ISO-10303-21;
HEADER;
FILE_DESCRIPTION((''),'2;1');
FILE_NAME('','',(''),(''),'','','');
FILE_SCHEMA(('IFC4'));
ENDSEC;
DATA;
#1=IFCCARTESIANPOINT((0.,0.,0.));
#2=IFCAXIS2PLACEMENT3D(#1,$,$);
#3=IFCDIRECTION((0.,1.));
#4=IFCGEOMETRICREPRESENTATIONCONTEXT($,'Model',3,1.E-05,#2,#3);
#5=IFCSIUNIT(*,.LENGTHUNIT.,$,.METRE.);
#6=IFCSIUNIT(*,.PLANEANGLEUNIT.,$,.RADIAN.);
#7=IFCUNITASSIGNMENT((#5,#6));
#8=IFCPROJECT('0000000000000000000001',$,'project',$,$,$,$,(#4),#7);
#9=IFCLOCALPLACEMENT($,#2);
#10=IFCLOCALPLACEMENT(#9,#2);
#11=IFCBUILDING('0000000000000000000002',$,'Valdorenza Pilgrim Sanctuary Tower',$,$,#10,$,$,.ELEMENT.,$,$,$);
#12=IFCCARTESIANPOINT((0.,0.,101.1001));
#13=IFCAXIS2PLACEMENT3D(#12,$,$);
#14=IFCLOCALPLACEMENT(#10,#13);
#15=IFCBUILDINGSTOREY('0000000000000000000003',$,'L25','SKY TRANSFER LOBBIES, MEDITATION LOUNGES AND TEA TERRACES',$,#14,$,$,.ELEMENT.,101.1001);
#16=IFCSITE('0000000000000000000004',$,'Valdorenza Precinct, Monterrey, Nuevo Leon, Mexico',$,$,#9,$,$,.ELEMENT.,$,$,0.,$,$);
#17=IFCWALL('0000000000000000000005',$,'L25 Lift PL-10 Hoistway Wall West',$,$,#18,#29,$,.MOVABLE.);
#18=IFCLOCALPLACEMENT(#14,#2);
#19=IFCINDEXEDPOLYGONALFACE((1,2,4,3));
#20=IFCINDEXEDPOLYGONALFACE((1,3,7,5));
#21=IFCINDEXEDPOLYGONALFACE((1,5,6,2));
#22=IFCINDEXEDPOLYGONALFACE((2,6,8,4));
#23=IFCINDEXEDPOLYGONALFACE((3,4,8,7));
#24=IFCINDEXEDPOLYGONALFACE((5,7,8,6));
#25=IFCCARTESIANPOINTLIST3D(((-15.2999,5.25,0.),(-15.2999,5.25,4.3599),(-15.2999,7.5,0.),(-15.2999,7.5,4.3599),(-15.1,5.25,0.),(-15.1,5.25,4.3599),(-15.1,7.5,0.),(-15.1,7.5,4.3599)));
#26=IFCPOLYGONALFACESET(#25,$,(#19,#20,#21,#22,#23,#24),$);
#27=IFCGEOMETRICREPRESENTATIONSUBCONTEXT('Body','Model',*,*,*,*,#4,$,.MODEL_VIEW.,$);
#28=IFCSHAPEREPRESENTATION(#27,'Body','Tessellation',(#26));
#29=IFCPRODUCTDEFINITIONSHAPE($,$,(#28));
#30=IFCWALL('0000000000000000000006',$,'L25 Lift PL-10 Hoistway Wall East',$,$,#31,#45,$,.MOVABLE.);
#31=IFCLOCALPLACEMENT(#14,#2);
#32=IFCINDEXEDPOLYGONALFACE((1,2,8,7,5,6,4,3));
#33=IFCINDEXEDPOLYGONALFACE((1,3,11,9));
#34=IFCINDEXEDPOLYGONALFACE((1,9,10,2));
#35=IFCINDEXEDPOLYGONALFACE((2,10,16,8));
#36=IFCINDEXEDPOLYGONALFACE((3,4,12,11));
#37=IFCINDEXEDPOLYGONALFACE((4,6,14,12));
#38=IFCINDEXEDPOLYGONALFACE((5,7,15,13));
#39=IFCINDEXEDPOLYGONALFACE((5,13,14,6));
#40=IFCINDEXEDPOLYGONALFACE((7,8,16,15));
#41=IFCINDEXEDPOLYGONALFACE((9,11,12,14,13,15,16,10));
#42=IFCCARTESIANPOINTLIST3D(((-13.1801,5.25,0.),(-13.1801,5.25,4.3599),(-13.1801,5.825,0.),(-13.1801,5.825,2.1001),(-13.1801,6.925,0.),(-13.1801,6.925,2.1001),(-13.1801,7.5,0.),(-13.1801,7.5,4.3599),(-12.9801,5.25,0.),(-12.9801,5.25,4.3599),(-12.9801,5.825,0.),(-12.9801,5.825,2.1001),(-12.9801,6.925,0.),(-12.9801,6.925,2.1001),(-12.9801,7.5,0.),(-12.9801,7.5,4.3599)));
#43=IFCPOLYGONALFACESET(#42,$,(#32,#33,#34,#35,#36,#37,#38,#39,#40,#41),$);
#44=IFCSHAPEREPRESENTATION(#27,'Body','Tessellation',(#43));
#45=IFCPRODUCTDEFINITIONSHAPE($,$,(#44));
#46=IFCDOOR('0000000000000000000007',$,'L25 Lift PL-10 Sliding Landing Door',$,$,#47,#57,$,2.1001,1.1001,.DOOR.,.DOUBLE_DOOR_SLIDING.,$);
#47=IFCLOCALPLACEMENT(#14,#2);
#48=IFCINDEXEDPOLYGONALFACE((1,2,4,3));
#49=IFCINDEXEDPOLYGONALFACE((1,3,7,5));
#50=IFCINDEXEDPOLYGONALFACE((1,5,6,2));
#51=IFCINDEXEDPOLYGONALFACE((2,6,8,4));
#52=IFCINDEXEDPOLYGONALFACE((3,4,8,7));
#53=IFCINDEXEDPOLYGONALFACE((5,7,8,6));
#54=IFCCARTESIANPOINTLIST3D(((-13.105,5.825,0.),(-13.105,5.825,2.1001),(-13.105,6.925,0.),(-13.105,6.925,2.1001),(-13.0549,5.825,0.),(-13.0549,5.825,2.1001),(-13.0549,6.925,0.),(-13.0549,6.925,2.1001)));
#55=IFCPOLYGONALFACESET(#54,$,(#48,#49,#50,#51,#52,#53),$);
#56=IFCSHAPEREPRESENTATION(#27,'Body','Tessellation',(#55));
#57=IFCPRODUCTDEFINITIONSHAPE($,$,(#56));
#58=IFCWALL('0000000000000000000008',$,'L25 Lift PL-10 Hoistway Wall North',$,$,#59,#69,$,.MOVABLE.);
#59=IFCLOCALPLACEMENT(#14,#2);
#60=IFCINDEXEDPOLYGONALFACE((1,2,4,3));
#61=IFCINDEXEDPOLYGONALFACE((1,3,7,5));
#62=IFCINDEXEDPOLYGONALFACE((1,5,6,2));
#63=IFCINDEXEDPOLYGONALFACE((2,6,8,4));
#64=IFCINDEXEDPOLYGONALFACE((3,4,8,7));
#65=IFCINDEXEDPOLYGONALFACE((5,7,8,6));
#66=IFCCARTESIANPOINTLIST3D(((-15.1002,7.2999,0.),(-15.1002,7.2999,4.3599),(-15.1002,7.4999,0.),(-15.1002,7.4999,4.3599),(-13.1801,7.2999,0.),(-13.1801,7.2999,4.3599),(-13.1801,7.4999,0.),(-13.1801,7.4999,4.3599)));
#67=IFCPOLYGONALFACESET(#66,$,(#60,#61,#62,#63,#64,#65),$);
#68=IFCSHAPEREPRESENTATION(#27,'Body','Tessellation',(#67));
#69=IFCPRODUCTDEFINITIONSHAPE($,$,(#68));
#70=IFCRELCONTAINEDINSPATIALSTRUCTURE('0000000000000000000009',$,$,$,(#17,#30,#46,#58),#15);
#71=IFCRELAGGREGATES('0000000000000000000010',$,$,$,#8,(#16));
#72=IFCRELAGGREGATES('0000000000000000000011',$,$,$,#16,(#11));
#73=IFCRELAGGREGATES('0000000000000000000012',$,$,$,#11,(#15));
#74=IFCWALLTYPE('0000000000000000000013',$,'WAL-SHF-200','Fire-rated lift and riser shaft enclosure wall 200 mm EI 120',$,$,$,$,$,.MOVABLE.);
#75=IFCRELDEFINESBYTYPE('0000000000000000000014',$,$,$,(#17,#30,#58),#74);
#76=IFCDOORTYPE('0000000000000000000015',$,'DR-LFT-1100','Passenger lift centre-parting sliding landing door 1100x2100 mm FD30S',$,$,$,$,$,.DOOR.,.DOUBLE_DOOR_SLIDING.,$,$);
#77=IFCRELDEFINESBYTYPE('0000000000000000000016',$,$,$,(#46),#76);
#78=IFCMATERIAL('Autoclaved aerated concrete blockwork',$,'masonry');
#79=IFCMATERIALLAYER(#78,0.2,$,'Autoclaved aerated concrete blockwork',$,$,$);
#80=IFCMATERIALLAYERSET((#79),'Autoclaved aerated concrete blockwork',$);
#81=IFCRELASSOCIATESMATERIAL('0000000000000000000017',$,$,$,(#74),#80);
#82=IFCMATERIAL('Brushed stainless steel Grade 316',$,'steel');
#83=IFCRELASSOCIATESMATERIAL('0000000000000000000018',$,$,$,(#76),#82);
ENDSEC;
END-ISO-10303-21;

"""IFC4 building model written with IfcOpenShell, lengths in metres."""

from ifc_helpers import new_model, si_unit, direction, frame, frame_2d, origin, place, context, subcontext, project, spatial, rectangle, extrude, material, layer, layer_set, type_object, element, fill, save


model = new_model("IFC4")

# Units and contexts
model_context = context("Model", 3, precision=1e-05, world=origin(), true_north=direction((0.0, 1.0)))
body_context = subcontext(model_context, "Body", "Model", "MODEL_VIEW")
ifc_project = project(units=[si_unit("LENGTHUNIT", "METRE"), si_unit("PLANEANGLEUNIT", "RADIAN")], contexts=[model_context])

# Site, building, storey
site_placement = place(None, origin())
site = spatial("IfcSite", under=ifc_project, at=site_placement, Name="Valdorenza Precinct, Monterrey, Nuevo Leon, Mexico", CompositionType="ELEMENT", RefElevation=0.0)
building_placement = place(site_placement, origin())
building = spatial("IfcBuilding", under=site, at=building_placement, Name="Valdorenza Pilgrim Sanctuary Tower", CompositionType="ELEMENT")
storey_placement = place(building_placement, frame((0.0, 0.0, 101.1001)))
storey = spatial("IfcBuildingStorey", under=building, at=storey_placement, Name="L25", Description="SKY TRANSFER LOBBIES, MEDITATION LOUNGES AND TEA TERRACES", CompositionType="ELEMENT", Elevation=101.1001)

# Shared definitions
ifc_material_1 = material(Name="Autoclaved aerated concrete blockwork", Category="masonry")
ifc_layer_1 = layer(ifc_material_1, 0.2, Name="Autoclaved aerated concrete blockwork")
ifc_layer_set_1 = layer_set([ifc_layer_1], Name="Autoclaved aerated concrete blockwork")
wall_type_1 = type_object("IfcWallType", Name="WAL-SHF-200", Description="Fire-rated lift and riser shaft enclosure wall 200 mm EI 120", PredefinedType="MOVABLE", material=ifc_layer_set_1)

# Shared definitions
ifc_material_2 = material(Name="Brushed stainless steel Grade 316", Category="steel")
door_type = type_object("IfcDoorType", Name="DR-LFT-1100", Description="Passenger lift centre-parting sliding landing door 1100x2100 mm FD30S", OperationType="DOUBLE_DOOR_SLIDING", PredefinedType="DOOR", material=ifc_material_2)

# Wall
wall_1_placement = place(storey_placement, frame((-15.2, 5.25, 0.0), z_axis=(0.0, 0.0, 1.0), x_axis=(0.0, 1.0, 0.0)))
element("IfcWall", 1, at=wall_1_placement, inside=storey, type_object=wall_type_1, Name="L25 Lift PL-10 Hoistway Wall West", PredefinedType="MOVABLE", context=body_context, shape_type="SweptSolid", body=[
    extrude(rectangle(XDim=2.25, YDim=0.2, at=frame_2d((1.125, 0.0))), origin(), (0.0, 0.0, 1.0), 4.3599),
])

# Wall, opening, door
wall_2_placement = place(storey_placement, frame((-13.0801, 5.25, 0.0), z_axis=(0.0, 0.0, 1.0), x_axis=(0.0, 1.0, 0.0)))
wall_2 = element("IfcWall", 2, at=wall_2_placement, inside=storey, type_object=wall_type_1, Name="L25 Lift PL-10 Hoistway Wall East", PredefinedType="MOVABLE", context=body_context, shape_type="SweptSolid", body=[
    extrude(rectangle(XDim=2.25, YDim=0.2, at=frame_2d((1.125, 0.0))), origin(), (0.0, 0.0, 1.0), 4.3599),
])
opening_1_placement = place(wall_2_placement, frame((0.575, 0.0, 0.0)))
opening_1 = element("IfcOpeningElement", 3, at=opening_1_placement, cuts=wall_2, PredefinedType="OPENING", context=body_context, shape_type="SweptSolid", body=[
    extrude(rectangle(XDim=1.1001, YDim=2.1001, at=frame_2d((0.55, 1.05))), frame((0.0, 0.1147, 0.0), z_axis=(0.0, -1.0, 0.0), x_axis=(1.0, 0.0, 0.0)), (0.0, 0.0, 1.0), 0.2297),
])
door_1_placement = place(opening_1_placement, origin())
door_1 = element("IfcDoor", 4, at=door_1_placement, inside=storey, type_object=door_type, Name="L25 Lift PL-10 Sliding Landing Door", OperationType="DOUBLE_DOOR_SLIDING", OverallHeight=2.1001, OverallWidth=1.1001, PredefinedType="DOOR", context=body_context, shape_type="SweptSolid", body=[
    extrude(rectangle(XDim=1.1001, YDim=2.1001, at=frame_2d((0.55, 1.05))), frame((0.0, 0.0249, 0.0), z_axis=(0.0, -1.0, 0.0), x_axis=(1.0, 0.0, 0.0)), (0.0, 0.0, 1.0), 0.05),
])
fill(opening_1, door_1)

# Wall
wall_3_placement = place(storey_placement, frame((-15.1001, 7.3999, 0.0), z_axis=(0.0, 0.0, 1.0), x_axis=(1.0, 0.0, 0.0)))
element("IfcWall", 5, at=wall_3_placement, inside=storey, type_object=wall_type_1, Name="L25 Lift PL-10 Hoistway Wall North", PredefinedType="MOVABLE", context=body_context, shape_type="SweptSolid", body=[
    extrude(rectangle(XDim=1.9202, YDim=0.2, at=frame_2d((0.96, 0.0))), origin(), (0.0, 0.0, 1.0), 4.3599),
])

save(model, "model.ifc")
